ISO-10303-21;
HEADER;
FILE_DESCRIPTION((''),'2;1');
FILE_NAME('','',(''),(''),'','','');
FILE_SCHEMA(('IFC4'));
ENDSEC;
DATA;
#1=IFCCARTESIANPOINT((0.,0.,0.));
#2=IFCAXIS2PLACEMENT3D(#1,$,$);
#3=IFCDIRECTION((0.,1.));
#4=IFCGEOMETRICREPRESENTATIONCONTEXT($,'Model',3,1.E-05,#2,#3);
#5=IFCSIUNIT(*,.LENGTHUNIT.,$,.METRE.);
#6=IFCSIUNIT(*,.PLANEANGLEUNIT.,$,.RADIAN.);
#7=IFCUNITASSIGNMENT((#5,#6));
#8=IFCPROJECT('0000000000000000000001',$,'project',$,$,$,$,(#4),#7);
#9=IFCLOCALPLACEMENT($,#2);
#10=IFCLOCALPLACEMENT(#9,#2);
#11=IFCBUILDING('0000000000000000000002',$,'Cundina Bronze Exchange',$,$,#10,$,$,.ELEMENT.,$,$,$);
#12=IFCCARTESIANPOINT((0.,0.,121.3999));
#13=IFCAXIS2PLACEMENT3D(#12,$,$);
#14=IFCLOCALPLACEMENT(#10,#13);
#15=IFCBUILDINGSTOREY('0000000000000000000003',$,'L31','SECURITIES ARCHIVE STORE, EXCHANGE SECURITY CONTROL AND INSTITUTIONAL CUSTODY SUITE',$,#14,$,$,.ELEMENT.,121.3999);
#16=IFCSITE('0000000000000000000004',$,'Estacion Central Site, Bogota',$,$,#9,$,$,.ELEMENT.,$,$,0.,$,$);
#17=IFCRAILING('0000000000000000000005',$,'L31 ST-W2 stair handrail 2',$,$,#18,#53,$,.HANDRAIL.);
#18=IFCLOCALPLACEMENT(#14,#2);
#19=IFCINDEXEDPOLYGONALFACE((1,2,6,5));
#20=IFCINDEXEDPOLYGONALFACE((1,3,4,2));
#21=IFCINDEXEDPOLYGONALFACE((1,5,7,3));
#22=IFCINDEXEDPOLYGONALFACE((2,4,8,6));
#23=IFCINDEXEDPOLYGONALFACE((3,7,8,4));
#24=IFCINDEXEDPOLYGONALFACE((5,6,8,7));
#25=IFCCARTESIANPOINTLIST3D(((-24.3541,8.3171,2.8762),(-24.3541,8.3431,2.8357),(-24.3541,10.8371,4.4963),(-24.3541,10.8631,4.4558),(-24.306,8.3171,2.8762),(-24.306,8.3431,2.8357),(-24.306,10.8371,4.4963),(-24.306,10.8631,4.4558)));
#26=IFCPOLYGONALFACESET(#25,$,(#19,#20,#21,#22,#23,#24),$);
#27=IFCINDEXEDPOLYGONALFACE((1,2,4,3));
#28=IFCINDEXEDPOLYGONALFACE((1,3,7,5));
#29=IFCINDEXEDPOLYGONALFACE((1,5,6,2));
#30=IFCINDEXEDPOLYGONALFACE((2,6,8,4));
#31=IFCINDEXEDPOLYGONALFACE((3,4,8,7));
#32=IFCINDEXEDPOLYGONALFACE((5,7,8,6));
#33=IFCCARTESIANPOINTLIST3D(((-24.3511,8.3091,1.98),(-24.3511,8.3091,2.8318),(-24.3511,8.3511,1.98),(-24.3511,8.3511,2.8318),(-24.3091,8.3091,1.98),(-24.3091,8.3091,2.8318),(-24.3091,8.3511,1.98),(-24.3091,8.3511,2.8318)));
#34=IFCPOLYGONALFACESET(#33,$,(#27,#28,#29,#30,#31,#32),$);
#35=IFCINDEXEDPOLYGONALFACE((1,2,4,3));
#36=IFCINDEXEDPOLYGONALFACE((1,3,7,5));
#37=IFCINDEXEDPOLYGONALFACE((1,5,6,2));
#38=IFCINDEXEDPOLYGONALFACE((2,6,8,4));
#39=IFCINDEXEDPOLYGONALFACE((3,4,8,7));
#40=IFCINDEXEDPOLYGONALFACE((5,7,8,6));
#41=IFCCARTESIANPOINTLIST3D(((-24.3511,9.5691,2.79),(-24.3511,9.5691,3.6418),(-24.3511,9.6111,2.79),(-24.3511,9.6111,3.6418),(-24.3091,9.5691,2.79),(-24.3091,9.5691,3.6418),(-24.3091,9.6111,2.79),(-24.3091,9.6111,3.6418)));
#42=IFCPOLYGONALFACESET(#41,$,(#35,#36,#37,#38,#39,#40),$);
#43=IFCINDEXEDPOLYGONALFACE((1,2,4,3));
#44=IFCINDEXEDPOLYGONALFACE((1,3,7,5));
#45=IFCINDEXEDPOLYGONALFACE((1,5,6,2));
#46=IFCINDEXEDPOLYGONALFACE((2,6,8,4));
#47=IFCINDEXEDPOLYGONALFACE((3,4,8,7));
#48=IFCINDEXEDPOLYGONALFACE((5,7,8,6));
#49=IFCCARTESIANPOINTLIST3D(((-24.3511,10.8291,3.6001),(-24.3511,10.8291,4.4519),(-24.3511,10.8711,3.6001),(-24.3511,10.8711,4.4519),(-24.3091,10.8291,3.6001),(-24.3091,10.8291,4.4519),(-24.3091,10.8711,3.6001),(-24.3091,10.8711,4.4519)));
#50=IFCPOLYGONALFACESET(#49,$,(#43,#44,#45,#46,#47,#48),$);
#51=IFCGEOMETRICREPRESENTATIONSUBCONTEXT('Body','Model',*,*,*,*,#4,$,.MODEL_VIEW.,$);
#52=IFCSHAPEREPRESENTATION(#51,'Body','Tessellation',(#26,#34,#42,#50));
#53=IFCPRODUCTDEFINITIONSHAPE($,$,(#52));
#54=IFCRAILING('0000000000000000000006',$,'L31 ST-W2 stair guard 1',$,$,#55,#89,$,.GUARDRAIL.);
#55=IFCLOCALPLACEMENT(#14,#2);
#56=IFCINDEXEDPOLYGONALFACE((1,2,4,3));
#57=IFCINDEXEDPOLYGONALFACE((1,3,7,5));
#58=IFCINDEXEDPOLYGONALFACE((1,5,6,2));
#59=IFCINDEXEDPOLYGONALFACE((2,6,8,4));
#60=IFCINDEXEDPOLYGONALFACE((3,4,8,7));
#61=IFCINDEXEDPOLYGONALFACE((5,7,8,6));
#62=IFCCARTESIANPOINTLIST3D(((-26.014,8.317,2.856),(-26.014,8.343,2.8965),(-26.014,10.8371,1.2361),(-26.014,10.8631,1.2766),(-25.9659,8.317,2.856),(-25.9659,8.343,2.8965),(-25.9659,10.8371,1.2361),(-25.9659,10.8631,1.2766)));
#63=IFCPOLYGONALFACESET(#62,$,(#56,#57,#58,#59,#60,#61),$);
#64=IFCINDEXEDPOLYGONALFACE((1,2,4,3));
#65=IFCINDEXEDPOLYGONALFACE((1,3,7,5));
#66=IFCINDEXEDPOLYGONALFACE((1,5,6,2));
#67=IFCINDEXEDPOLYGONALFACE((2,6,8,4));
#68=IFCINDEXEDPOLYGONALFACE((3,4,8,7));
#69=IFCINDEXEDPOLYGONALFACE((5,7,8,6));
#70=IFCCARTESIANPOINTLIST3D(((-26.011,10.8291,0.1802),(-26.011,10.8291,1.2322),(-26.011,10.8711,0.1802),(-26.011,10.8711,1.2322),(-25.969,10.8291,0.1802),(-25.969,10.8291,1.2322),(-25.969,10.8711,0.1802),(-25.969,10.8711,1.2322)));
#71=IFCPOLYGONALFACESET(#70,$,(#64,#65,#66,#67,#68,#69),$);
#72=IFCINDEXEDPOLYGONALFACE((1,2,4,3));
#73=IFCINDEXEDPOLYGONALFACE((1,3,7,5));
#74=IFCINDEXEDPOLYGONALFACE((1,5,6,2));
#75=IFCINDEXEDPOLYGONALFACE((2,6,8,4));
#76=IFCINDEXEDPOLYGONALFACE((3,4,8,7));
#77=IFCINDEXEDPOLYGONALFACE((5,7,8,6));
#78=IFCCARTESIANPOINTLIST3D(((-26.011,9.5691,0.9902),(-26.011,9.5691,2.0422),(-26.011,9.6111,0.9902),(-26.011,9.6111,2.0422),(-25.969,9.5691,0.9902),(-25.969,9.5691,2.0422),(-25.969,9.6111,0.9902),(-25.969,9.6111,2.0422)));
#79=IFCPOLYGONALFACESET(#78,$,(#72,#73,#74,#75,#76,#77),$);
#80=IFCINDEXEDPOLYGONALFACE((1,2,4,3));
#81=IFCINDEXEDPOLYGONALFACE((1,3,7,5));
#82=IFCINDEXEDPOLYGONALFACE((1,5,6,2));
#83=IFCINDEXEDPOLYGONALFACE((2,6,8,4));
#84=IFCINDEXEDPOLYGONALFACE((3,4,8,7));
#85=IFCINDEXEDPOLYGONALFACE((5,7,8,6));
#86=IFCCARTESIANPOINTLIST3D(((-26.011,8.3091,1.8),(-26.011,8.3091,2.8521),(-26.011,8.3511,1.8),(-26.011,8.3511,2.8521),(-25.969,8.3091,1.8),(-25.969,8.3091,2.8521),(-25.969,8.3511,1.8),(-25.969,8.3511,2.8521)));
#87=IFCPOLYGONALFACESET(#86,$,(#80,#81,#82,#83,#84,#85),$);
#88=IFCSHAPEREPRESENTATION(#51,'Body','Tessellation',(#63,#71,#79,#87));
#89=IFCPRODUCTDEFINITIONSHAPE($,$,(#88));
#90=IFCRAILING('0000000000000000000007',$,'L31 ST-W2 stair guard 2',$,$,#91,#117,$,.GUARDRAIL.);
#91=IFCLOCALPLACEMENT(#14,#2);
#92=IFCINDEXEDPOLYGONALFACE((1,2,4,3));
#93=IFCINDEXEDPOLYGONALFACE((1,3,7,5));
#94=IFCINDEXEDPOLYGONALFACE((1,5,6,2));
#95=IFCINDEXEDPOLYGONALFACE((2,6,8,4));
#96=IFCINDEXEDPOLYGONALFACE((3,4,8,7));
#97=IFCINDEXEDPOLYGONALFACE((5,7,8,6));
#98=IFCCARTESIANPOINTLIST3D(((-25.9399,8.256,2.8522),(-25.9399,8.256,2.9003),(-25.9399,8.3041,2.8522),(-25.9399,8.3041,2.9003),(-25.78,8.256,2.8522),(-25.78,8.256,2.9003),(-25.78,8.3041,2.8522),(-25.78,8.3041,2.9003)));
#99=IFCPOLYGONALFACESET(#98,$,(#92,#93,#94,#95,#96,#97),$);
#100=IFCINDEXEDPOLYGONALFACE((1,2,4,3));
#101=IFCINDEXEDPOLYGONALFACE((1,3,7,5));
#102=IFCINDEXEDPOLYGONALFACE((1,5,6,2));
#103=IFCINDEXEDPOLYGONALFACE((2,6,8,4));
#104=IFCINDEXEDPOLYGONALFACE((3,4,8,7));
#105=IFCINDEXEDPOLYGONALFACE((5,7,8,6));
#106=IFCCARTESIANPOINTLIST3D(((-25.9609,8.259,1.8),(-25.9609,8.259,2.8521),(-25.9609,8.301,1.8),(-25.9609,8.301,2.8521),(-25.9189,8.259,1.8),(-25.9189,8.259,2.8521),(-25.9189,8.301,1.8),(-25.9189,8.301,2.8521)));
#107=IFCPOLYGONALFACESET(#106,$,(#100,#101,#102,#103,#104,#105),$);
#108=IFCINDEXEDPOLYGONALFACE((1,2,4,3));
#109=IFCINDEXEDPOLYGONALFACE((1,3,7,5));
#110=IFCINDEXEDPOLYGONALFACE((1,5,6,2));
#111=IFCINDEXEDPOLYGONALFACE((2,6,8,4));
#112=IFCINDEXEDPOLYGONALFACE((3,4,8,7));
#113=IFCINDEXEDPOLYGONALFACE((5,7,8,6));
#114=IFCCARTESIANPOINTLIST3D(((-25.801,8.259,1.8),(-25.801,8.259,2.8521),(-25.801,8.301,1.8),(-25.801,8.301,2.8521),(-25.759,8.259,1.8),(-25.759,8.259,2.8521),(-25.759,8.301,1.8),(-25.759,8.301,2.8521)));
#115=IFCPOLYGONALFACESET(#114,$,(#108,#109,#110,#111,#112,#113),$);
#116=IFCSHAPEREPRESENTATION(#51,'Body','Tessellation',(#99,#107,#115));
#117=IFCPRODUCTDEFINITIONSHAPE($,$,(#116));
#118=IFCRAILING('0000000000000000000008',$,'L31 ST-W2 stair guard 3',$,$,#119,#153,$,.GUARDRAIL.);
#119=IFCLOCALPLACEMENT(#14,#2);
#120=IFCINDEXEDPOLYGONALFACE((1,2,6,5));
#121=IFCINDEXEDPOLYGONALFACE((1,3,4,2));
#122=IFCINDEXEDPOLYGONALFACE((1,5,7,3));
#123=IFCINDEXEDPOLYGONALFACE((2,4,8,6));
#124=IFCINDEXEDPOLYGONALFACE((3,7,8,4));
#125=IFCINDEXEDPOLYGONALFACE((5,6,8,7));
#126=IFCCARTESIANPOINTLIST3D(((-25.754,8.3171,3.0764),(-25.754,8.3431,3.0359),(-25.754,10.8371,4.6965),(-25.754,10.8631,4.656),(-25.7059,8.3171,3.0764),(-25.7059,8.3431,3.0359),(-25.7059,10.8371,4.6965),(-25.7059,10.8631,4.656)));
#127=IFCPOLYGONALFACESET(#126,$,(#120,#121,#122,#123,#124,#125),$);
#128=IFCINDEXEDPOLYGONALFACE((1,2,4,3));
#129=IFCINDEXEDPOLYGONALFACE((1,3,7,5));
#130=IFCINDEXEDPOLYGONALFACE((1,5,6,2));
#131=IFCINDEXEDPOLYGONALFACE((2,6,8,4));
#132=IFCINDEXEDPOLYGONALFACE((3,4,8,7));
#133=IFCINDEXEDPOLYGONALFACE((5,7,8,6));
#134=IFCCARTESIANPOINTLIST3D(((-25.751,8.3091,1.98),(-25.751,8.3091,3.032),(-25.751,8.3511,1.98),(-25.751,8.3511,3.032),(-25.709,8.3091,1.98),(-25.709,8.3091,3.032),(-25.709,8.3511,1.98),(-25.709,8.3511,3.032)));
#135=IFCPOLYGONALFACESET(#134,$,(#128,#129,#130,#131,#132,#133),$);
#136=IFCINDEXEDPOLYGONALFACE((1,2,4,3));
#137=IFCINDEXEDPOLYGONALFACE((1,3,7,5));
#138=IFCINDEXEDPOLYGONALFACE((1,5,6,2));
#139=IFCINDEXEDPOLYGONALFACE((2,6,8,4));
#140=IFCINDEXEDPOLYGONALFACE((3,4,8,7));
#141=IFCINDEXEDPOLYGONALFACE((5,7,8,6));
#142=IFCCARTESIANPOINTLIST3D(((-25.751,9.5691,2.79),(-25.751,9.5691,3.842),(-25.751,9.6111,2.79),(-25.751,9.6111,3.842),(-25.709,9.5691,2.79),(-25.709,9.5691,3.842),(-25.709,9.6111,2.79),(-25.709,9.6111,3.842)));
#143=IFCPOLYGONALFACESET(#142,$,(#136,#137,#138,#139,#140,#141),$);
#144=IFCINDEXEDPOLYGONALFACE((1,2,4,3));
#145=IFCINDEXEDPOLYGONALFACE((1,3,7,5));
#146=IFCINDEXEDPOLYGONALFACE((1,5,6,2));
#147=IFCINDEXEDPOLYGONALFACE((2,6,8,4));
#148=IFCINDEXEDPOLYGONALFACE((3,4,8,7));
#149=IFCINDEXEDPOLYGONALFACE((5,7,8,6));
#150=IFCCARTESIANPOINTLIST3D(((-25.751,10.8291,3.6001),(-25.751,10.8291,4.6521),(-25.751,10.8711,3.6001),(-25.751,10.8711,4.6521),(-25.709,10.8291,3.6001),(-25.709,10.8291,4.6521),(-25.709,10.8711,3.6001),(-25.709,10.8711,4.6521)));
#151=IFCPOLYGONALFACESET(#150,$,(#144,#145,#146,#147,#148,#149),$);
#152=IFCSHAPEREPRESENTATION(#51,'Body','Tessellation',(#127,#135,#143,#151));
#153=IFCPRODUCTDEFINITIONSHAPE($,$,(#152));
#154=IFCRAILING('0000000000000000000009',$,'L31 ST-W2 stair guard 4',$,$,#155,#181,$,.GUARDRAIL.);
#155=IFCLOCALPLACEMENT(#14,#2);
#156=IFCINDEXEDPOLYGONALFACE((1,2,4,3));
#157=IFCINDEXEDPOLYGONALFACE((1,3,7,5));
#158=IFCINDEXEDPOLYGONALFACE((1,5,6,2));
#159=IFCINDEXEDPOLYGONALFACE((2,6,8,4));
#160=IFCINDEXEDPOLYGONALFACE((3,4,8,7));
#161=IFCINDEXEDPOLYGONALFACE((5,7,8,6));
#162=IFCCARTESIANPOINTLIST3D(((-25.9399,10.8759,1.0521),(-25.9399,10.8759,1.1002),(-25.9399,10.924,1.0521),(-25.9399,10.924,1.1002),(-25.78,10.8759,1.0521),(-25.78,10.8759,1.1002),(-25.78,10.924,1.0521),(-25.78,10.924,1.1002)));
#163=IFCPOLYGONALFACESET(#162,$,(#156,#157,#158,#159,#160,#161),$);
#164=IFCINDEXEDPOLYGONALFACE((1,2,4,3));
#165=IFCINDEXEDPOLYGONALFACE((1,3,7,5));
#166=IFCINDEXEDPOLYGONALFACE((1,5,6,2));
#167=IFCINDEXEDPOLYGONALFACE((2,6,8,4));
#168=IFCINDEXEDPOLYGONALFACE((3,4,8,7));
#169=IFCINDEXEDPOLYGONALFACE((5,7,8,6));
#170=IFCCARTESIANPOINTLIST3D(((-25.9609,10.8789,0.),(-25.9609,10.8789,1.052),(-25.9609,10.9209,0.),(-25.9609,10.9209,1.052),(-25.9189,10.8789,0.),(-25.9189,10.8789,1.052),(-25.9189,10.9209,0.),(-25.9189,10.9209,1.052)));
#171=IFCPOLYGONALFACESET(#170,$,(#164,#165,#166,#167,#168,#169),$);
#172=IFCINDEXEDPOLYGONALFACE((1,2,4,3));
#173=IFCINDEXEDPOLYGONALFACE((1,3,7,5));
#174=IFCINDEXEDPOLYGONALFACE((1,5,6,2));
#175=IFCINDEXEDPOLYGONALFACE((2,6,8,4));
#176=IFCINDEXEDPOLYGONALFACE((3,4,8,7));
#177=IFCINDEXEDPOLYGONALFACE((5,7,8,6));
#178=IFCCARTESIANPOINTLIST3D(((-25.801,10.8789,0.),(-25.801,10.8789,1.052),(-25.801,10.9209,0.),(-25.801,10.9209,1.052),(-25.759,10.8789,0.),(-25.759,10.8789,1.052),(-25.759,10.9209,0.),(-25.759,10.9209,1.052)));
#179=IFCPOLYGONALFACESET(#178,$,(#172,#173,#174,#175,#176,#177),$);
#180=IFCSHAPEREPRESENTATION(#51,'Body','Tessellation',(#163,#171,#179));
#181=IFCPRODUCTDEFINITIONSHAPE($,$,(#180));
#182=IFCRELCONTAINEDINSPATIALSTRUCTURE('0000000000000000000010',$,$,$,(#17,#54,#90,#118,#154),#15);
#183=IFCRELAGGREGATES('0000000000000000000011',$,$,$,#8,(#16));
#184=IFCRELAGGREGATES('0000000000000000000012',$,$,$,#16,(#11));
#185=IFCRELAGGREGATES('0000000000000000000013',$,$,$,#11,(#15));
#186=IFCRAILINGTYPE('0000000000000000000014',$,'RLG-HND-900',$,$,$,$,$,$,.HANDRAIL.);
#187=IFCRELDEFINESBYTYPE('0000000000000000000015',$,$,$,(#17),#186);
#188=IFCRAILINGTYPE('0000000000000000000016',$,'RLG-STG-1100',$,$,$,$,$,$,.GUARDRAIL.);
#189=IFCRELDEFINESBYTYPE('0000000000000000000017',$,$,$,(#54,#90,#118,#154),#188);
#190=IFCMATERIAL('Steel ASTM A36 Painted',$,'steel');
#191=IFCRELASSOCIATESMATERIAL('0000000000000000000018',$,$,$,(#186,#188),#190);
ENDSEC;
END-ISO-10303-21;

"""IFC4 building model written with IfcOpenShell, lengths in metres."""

from ifc_helpers import new_model, si_unit, direction, frame, origin, origin_2d, place, context, subcontext, project, spatial, rectangle, extrude, material, type_object, element, save


model = new_model("IFC4")

# Units and contexts
model_context = context("Model", 3, precision=1e-05, world=origin(), true_north=direction((0.0, 1.0)))
body_context = subcontext(model_context, "Body", "Model", "MODEL_VIEW")
ifc_project = project(units=[si_unit("LENGTHUNIT", "METRE"), si_unit("PLANEANGLEUNIT", "RADIAN")], contexts=[model_context])

# Site, building, storey
site_placement = place(None, origin())
site = spatial("IfcSite", under=ifc_project, at=site_placement, Name="Estacion Central Site, Bogota", CompositionType="ELEMENT", RefElevation=0.0)
building_placement = place(site_placement, origin())
building = spatial("IfcBuilding", under=site, at=building_placement, Name="Cundina Bronze Exchange", CompositionType="ELEMENT")
storey_placement = place(building_placement, frame((0.0, 0.0, 121.3999)))
storey = spatial("IfcBuildingStorey", under=building, at=storey_placement, Name="L31", Description="SECURITIES ARCHIVE STORE, EXCHANGE SECURITY CONTROL AND INSTITUTIONAL CUSTODY SUITE", CompositionType="ELEMENT", Elevation=121.3999)

# Shared definitions
ifc_material_1 = material(Name="Steel ASTM A36 Painted", Category="steel")

# Railings
railing_type_1 = type_object("IfcRailingType", Name="RLG-HND-900", PredefinedType="HANDRAIL", material=ifc_material_1)
railing_1_placement = place(storey_placement, frame((-24.3301, 8.3301, 1.98)))
element("IfcRailing", 1, at=railing_1_placement, inside=storey, type_object=railing_type_1, Name="L31 ST-W2 stair handrail 2", PredefinedType="HANDRAIL", context=body_context, shape_type="SweptSolid", body=[
    extrude(rectangle(XDim=0.0481, YDim=0.0481, at=origin_2d()), frame((0.0, 0.0, 0.876), z_axis=(0.0, 0.841163, 0.540782), x_axis=(-1.0, 0.0, 0.0)), (0.0, 0.0, 1.0), 2.9958),
    extrude(rectangle(XDim=0.042, YDim=0.042, at=origin_2d()), origin(), (0.0, 0.0, 1.0), 0.8518),
    extrude(rectangle(XDim=0.042, YDim=0.042, at=origin_2d()), frame((0.0, 1.26, 0.8101)), (0.0, 0.0, 1.0), 0.8518),
    extrude(rectangle(XDim=0.042, YDim=0.042, at=origin_2d()), frame((0.0, 2.52, 1.6201)), (0.0, 0.0, 1.0), 0.8518),
])
railing_type_2 = type_object("IfcRailingType", Name="RLG-STG-1100", PredefinedType="GUARDRAIL", material=ifc_material_1)
railing_2_placement = place(storey_placement, frame((-25.99, 10.8501, 0.1802)))
element("IfcRailing", 2, at=railing_2_placement, inside=storey, type_object=railing_type_2, Name="L31 ST-W2 stair guard 1", PredefinedType="GUARDRAIL", context=body_context, shape_type="SweptSolid", body=[
    extrude(rectangle(XDim=0.0481, YDim=0.0481, at=origin_2d()), frame((0.0, 0.0, 1.0762), z_axis=(0.0, -0.8412, 0.540725), x_axis=(1.0, 0.0, 0.0)), (0.0, 0.0, 1.0), 2.9958),
    extrude(rectangle(XDim=0.042, YDim=0.042, at=origin_2d()), origin(), (0.0, 0.0, 1.0), 1.052),
    extrude(rectangle(XDim=0.042, YDim=0.042, at=origin_2d()), frame((0.0, -1.26, 0.8101)), (0.0, 0.0, 1.0), 1.052),
    extrude(rectangle(XDim=0.042, YDim=0.042, at=origin_2d()), frame((0.0, -2.52, 1.6199)), (0.0, 0.0, 1.0), 1.052),
])
railing_3_placement = place(storey_placement, frame((-25.9399, 8.28, 1.8)))
element("IfcRailing", 3, at=railing_3_placement, inside=storey, type_object=railing_type_2, Name="L31 ST-W2 stair guard 2", PredefinedType="GUARDRAIL", context=body_context, shape_type="SweptSolid", body=[
    extrude(rectangle(XDim=0.0481, YDim=0.0481, at=origin_2d()), frame((0.0, 0.0, 1.0762), z_axis=(1.0, 0.0, 0.0), x_axis=(0.0, 1.0, 0.0)), (0.0, 0.0, 1.0), 0.1599),
    extrude(rectangle(XDim=0.042, YDim=0.042, at=origin_2d()), origin(), (0.0, 0.0, 1.0), 1.052),
    extrude(rectangle(XDim=0.042, YDim=0.042, at=origin_2d()), frame((0.1599, 0.0, 0.0)), (0.0, 0.0, 1.0), 1.052),
])
railing_4_placement = place(storey_placement, frame((-25.73, 8.3301, 1.98)))
element("IfcRailing", 4, at=railing_4_placement, inside=storey, type_object=railing_type_2, Name="L31 ST-W2 stair guard 3", PredefinedType="GUARDRAIL", context=body_context, shape_type="SweptSolid", body=[
    extrude(rectangle(XDim=0.0481, YDim=0.0481, at=origin_2d()), frame((0.0, 0.0, 1.0762), z_axis=(0.0, 0.841163, 0.540782), x_axis=(-1.0, 0.0, 0.0)), (0.0, 0.0, 1.0), 2.9958),
    extrude(rectangle(XDim=0.042, YDim=0.042, at=origin_2d()), origin(), (0.0, 0.0, 1.0), 1.052),
    extrude(rectangle(XDim=0.042, YDim=0.042, at=origin_2d()), frame((0.0, 1.26, 0.8101)), (0.0, 0.0, 1.0), 1.052),
    extrude(rectangle(XDim=0.042, YDim=0.042, at=origin_2d()), frame((0.0, 2.52, 1.6201)), (0.0, 0.0, 1.0), 1.052),
])
railing_5_placement = place(storey_placement, frame((-25.9399, 10.8999, 0.0)))
element("IfcRailing", 5, at=railing_5_placement, inside=storey, type_object=railing_type_2, Name="L31 ST-W2 stair guard 4", PredefinedType="GUARDRAIL", context=body_context, shape_type="SweptSolid", body=[
    extrude(rectangle(XDim=0.0481, YDim=0.0481, at=origin_2d()), frame((0.0, 0.0, 1.0762), z_axis=(1.0, 0.0, 0.0), x_axis=(0.0, 1.0, 0.0)), (0.0, 0.0, 1.0), 0.1599),
    extrude(rectangle(XDim=0.042, YDim=0.042, at=origin_2d()), origin(), (0.0, 0.0, 1.0), 1.052),
    extrude(rectangle(XDim=0.042, YDim=0.042, at=origin_2d()), frame((0.1599, 0.0, 0.0)), (0.0, 0.0, 1.0), 1.052),
])

save(model, "model.ifc")
